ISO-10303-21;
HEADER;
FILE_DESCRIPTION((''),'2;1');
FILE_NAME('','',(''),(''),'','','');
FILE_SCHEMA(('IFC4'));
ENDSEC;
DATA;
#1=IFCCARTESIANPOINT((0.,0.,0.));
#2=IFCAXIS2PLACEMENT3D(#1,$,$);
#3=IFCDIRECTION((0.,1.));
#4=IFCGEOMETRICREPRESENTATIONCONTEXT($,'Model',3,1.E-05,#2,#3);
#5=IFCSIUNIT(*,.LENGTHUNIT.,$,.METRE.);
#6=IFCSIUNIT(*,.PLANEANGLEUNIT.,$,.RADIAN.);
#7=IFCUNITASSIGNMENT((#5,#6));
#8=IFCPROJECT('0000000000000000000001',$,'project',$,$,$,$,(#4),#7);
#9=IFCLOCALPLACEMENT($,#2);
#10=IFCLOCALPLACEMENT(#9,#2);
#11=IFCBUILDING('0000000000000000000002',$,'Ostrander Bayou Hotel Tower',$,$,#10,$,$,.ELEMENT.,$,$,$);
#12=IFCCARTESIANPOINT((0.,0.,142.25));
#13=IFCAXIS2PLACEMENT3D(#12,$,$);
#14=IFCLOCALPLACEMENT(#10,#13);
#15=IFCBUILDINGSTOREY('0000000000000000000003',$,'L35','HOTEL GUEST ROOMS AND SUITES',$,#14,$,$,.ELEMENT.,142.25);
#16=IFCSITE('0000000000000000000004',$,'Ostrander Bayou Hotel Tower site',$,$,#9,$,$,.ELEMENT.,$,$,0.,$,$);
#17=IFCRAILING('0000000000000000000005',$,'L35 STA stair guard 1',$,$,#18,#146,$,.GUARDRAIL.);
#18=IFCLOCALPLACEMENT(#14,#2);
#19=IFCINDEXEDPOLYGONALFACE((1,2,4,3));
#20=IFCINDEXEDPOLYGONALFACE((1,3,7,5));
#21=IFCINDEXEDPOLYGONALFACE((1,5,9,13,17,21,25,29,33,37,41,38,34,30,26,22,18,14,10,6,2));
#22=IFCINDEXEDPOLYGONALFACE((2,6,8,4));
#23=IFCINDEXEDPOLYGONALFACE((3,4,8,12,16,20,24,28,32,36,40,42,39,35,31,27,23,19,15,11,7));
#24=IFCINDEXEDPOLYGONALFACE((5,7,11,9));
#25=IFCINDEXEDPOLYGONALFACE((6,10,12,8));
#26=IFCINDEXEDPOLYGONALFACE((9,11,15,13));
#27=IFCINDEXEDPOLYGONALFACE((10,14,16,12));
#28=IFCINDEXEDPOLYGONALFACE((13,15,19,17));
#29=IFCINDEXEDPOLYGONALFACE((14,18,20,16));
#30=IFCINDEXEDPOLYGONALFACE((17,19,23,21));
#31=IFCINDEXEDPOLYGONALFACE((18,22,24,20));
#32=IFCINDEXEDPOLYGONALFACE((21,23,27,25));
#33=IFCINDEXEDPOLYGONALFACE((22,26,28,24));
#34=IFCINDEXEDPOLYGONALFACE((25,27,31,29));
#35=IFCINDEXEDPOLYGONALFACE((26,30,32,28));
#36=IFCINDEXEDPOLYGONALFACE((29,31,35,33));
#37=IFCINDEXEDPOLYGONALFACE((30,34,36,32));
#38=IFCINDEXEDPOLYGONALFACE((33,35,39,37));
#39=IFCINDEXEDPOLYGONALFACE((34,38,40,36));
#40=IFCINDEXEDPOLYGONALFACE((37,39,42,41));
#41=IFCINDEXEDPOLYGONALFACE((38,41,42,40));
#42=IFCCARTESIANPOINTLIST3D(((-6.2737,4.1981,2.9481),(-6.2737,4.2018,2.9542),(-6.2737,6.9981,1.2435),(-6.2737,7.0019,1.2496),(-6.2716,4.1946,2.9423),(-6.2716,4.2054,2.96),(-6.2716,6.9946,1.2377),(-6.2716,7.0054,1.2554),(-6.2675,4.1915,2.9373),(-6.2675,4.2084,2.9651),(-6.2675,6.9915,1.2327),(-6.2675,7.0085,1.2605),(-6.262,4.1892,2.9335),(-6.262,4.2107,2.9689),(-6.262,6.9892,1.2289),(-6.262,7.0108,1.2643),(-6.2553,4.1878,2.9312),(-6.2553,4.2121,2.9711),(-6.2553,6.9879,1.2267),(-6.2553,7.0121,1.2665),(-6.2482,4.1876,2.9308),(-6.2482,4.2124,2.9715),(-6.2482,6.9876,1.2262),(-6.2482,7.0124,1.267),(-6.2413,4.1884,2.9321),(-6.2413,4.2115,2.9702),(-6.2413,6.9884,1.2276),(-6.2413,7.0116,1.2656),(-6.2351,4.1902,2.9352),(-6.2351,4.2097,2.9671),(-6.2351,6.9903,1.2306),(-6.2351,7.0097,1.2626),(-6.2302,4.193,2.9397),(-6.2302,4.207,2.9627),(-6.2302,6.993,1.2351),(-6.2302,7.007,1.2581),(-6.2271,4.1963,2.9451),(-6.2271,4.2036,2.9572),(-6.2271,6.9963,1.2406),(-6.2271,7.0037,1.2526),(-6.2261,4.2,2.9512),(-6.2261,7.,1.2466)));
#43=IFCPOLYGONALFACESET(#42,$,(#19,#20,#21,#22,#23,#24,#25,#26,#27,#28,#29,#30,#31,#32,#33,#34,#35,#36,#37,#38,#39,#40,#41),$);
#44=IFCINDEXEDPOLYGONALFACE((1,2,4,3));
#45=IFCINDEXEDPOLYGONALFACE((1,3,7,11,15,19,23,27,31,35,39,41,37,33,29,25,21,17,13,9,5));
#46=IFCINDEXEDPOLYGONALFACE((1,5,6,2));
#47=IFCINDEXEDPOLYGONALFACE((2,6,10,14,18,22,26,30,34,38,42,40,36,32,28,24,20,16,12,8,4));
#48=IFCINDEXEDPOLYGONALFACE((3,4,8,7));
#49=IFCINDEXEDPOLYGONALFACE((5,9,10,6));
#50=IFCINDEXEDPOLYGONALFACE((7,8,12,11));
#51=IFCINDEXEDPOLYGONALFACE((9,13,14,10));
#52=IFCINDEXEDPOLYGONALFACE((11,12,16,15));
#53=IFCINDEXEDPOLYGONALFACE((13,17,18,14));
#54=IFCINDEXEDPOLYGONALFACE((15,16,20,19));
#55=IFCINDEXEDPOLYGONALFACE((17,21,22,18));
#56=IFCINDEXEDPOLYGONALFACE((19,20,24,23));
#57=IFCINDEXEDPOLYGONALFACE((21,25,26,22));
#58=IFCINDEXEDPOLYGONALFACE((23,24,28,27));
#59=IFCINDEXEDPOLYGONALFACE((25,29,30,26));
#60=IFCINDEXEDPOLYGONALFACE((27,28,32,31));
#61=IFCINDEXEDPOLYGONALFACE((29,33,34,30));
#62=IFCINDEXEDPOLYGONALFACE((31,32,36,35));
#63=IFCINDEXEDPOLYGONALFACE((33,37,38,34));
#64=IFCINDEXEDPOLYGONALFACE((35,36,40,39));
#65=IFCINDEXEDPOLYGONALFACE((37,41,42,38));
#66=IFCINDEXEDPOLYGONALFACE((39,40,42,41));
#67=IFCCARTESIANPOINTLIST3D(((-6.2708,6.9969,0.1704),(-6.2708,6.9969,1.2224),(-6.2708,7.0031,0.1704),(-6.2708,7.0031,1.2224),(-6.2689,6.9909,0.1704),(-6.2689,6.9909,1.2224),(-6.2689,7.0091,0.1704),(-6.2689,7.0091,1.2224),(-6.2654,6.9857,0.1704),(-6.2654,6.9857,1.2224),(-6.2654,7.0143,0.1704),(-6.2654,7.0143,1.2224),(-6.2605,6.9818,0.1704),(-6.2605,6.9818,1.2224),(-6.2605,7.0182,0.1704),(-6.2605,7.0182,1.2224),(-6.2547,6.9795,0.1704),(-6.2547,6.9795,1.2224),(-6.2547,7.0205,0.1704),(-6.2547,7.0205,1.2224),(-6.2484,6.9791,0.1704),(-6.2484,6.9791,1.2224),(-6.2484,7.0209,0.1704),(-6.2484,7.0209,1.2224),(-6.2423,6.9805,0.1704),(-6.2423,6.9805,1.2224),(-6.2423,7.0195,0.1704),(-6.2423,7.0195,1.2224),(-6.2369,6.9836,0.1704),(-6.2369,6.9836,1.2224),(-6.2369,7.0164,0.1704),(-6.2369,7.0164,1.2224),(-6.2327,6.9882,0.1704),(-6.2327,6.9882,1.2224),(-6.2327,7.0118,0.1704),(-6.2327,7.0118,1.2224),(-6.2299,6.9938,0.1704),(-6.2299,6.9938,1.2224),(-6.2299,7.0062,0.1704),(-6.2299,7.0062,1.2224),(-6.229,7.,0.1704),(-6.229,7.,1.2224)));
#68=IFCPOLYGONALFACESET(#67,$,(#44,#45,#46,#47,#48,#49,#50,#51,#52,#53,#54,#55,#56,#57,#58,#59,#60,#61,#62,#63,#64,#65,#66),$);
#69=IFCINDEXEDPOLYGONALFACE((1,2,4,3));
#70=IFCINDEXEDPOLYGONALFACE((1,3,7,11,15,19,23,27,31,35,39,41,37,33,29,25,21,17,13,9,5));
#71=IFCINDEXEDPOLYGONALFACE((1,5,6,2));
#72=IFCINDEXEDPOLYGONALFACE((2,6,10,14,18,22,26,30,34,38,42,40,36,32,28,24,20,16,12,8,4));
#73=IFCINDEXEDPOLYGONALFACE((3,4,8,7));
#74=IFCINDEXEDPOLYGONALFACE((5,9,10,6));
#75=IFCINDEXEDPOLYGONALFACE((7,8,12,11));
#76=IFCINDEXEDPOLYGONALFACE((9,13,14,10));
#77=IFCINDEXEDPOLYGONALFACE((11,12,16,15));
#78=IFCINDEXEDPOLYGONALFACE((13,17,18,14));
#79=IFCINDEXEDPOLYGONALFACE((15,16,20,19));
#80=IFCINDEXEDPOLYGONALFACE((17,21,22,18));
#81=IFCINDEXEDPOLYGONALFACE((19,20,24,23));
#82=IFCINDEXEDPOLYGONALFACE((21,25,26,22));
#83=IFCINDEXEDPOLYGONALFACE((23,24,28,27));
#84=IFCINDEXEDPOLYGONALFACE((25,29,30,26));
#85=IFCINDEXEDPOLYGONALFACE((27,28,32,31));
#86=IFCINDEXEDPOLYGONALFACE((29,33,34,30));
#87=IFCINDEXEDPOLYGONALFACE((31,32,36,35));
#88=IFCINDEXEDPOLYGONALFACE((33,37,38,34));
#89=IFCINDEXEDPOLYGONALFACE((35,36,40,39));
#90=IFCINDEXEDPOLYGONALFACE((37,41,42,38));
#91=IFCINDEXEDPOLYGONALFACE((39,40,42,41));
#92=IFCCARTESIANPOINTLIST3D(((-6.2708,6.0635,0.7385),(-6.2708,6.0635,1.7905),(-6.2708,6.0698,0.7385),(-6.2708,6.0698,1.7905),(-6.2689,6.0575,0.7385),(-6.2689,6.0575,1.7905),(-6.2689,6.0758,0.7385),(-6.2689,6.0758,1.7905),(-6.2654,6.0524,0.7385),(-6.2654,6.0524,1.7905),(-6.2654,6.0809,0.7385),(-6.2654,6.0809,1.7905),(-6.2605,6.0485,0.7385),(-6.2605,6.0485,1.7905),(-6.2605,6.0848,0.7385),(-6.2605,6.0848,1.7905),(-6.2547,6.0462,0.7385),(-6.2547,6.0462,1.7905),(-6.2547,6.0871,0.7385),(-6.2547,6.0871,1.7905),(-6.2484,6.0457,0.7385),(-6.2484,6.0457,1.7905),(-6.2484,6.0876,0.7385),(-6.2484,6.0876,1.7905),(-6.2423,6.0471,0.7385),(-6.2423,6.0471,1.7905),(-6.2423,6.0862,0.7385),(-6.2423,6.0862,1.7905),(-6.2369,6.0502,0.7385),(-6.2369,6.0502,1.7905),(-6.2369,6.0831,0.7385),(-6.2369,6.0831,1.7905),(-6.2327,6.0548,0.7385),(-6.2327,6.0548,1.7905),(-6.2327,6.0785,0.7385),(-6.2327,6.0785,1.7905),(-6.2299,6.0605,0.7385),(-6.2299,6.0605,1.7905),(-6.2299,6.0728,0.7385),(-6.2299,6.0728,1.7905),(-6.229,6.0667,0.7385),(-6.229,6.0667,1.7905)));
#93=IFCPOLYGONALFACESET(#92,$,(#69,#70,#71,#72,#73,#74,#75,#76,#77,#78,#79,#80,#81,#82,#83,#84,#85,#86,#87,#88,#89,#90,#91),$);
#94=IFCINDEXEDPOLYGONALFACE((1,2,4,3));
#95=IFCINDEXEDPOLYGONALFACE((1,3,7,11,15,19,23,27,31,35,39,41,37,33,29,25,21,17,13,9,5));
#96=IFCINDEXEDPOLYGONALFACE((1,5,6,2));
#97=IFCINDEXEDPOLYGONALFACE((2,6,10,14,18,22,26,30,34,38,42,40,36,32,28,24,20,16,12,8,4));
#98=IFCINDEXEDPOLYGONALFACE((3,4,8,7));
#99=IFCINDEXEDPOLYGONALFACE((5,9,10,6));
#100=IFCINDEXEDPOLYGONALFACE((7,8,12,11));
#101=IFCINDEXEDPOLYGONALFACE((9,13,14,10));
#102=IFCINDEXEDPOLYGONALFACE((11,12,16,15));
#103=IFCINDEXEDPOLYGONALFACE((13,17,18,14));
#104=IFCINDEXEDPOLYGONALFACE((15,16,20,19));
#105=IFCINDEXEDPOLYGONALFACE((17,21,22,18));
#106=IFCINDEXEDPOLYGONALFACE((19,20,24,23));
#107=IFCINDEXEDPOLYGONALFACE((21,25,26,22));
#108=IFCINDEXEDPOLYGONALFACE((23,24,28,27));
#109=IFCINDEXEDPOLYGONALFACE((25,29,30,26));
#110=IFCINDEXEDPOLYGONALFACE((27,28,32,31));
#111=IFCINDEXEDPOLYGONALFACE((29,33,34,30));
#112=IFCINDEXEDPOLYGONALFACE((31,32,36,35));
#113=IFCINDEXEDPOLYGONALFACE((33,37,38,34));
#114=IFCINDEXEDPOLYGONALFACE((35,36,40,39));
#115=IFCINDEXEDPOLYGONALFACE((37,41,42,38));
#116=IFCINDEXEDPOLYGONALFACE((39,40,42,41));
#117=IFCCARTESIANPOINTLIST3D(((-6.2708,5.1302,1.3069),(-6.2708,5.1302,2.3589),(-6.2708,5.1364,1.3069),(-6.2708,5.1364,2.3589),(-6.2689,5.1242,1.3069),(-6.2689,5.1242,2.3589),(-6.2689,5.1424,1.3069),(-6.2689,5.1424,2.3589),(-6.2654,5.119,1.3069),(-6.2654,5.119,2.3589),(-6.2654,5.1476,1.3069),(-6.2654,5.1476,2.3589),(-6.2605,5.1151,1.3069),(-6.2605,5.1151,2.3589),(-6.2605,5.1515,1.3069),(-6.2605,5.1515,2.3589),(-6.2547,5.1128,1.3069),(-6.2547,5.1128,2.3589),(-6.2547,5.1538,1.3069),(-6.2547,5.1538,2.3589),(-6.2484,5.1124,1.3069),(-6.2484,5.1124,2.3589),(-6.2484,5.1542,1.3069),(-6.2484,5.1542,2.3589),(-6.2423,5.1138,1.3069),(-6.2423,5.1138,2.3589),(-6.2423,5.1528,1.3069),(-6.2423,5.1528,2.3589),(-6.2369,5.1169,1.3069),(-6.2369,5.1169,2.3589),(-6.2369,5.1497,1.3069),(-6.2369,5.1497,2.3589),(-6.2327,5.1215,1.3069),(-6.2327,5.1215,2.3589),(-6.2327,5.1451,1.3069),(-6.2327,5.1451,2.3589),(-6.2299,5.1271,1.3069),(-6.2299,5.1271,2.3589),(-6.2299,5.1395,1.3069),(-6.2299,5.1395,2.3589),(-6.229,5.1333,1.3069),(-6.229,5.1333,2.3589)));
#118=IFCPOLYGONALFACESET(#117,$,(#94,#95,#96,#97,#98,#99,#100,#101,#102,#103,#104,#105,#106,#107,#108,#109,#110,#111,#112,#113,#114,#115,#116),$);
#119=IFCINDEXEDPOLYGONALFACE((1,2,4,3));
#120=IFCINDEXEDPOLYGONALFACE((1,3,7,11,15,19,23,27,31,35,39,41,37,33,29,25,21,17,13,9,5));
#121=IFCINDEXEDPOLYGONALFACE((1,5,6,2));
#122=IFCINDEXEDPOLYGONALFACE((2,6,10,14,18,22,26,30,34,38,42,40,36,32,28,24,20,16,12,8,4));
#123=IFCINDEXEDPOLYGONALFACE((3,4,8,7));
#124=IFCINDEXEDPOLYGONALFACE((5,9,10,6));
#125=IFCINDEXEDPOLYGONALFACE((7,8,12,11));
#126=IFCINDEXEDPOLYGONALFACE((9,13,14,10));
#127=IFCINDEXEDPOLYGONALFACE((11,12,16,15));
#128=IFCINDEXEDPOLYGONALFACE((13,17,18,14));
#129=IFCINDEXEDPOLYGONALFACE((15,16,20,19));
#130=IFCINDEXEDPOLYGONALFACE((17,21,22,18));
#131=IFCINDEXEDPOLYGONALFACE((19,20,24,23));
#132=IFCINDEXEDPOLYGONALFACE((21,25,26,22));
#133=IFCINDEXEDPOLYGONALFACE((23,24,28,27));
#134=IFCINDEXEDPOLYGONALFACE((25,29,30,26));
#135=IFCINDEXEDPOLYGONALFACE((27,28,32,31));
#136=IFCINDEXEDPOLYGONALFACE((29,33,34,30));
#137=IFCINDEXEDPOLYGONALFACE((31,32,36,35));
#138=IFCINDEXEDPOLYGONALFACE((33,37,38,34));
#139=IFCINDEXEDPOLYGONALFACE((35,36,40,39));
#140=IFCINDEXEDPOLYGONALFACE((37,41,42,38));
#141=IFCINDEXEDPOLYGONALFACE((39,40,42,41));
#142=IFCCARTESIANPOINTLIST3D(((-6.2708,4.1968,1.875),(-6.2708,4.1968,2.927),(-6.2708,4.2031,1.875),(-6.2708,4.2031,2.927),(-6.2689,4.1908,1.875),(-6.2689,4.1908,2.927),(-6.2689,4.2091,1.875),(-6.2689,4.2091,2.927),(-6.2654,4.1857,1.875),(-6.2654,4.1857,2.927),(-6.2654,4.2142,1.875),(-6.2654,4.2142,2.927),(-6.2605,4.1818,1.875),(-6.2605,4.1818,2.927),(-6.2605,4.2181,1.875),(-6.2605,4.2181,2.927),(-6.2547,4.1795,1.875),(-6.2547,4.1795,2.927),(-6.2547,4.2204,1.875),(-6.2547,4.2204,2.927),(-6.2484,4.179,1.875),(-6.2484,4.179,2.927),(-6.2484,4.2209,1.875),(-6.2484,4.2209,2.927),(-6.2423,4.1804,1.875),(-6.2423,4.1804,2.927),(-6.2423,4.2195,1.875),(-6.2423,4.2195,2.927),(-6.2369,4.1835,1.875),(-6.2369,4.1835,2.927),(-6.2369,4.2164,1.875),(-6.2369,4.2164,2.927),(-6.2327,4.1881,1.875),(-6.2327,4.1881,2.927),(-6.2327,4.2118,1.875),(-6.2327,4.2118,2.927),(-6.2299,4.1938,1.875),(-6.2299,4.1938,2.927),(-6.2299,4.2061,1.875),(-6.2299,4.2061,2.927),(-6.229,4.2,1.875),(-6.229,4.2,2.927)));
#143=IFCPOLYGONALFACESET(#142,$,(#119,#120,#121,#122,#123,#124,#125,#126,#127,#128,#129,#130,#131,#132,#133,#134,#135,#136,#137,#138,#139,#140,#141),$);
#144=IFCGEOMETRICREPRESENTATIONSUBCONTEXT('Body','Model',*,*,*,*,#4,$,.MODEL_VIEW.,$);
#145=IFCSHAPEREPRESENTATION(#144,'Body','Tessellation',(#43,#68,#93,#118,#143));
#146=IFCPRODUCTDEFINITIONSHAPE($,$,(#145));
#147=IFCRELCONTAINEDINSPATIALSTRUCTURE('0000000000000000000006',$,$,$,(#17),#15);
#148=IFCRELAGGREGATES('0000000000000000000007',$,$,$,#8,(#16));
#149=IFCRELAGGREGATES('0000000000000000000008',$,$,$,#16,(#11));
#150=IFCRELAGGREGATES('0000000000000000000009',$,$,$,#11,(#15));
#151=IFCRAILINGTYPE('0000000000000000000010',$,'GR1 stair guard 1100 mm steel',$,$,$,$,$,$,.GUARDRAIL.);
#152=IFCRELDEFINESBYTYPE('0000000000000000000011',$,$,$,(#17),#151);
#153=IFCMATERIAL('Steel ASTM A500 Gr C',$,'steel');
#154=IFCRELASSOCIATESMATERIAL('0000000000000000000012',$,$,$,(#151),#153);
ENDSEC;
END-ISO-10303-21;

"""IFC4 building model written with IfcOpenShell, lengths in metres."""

from ifc_helpers import new_model, si_unit, direction, frame, origin, origin_2d, place, context, subcontext, project, spatial, circle, extrude, material, type_object, element, save


model = new_model("IFC4")

# Units and contexts
model_context = context("Model", 3, precision=1e-05, world=origin(), true_north=direction((0.0, 1.0)))
body_context = subcontext(model_context, "Body", "Model", "MODEL_VIEW")
ifc_project = project(units=[si_unit("LENGTHUNIT", "METRE"), si_unit("PLANEANGLEUNIT", "RADIAN")], contexts=[model_context])

# Site, building, storey
site_placement = place(None, origin())
site = spatial("IfcSite", under=ifc_project, at=site_placement, Name="Ostrander Bayou Hotel Tower site", CompositionType="ELEMENT", RefElevation=0.0)
building_placement = place(site_placement, origin())
building = spatial("IfcBuilding", under=site, at=building_placement, Name="Ostrander Bayou Hotel Tower", CompositionType="ELEMENT")
storey_placement = place(building_placement, frame((0.0, 0.0, 142.25)))
storey = spatial("IfcBuildingStorey", under=building, at=storey_placement, Name="L35", Description="HOTEL GUEST ROOMS AND SUITES", CompositionType="ELEMENT", Elevation=142.25)

# Railing
ifc_material_1 = material(Name="Steel ASTM A500 Gr C", Category="steel")
railing_type_1 = type_object("IfcRailingType", Name="GR1 stair guard 1100 mm steel", PredefinedType="GUARDRAIL", material=ifc_material_1)
railing_1_placement = place(storey_placement, frame((-6.25, 7.0, 0.1704)))
element("IfcRailing", 1, at=railing_1_placement, inside=storey, type_object=railing_type_1, Name="L35 STA stair guard 1", PredefinedType="GUARDRAIL", context=body_context, shape_type="SweptSolid", body=[
    extrude(circle(Radius=0.0239, at=origin_2d()), frame((0.0, 0.0, 1.0762), z_axis=(0.0, -0.85417, 0.519994), x_axis=(1.0, 0.0, 0.0)), (0.0, 0.0, 1.0), 3.2781),
    extrude(circle(Radius=0.021, at=origin_2d()), origin(), (0.0, 0.0, 1.0), 1.052),
    extrude(circle(Radius=0.021, at=origin_2d()), frame((0.0, -0.9333, 0.5681)), (0.0, 0.0, 1.0), 1.052),
    extrude(circle(Radius=0.021, at=origin_2d()), frame((0.0, -1.8667, 1.1365)), (0.0, 0.0, 1.0), 1.052),
    extrude(circle(Radius=0.021, at=origin_2d()), frame((0.0, -2.8, 1.7046)), (0.0, 0.0, 1.0), 1.052),
])

save(model, "model.ifc")
